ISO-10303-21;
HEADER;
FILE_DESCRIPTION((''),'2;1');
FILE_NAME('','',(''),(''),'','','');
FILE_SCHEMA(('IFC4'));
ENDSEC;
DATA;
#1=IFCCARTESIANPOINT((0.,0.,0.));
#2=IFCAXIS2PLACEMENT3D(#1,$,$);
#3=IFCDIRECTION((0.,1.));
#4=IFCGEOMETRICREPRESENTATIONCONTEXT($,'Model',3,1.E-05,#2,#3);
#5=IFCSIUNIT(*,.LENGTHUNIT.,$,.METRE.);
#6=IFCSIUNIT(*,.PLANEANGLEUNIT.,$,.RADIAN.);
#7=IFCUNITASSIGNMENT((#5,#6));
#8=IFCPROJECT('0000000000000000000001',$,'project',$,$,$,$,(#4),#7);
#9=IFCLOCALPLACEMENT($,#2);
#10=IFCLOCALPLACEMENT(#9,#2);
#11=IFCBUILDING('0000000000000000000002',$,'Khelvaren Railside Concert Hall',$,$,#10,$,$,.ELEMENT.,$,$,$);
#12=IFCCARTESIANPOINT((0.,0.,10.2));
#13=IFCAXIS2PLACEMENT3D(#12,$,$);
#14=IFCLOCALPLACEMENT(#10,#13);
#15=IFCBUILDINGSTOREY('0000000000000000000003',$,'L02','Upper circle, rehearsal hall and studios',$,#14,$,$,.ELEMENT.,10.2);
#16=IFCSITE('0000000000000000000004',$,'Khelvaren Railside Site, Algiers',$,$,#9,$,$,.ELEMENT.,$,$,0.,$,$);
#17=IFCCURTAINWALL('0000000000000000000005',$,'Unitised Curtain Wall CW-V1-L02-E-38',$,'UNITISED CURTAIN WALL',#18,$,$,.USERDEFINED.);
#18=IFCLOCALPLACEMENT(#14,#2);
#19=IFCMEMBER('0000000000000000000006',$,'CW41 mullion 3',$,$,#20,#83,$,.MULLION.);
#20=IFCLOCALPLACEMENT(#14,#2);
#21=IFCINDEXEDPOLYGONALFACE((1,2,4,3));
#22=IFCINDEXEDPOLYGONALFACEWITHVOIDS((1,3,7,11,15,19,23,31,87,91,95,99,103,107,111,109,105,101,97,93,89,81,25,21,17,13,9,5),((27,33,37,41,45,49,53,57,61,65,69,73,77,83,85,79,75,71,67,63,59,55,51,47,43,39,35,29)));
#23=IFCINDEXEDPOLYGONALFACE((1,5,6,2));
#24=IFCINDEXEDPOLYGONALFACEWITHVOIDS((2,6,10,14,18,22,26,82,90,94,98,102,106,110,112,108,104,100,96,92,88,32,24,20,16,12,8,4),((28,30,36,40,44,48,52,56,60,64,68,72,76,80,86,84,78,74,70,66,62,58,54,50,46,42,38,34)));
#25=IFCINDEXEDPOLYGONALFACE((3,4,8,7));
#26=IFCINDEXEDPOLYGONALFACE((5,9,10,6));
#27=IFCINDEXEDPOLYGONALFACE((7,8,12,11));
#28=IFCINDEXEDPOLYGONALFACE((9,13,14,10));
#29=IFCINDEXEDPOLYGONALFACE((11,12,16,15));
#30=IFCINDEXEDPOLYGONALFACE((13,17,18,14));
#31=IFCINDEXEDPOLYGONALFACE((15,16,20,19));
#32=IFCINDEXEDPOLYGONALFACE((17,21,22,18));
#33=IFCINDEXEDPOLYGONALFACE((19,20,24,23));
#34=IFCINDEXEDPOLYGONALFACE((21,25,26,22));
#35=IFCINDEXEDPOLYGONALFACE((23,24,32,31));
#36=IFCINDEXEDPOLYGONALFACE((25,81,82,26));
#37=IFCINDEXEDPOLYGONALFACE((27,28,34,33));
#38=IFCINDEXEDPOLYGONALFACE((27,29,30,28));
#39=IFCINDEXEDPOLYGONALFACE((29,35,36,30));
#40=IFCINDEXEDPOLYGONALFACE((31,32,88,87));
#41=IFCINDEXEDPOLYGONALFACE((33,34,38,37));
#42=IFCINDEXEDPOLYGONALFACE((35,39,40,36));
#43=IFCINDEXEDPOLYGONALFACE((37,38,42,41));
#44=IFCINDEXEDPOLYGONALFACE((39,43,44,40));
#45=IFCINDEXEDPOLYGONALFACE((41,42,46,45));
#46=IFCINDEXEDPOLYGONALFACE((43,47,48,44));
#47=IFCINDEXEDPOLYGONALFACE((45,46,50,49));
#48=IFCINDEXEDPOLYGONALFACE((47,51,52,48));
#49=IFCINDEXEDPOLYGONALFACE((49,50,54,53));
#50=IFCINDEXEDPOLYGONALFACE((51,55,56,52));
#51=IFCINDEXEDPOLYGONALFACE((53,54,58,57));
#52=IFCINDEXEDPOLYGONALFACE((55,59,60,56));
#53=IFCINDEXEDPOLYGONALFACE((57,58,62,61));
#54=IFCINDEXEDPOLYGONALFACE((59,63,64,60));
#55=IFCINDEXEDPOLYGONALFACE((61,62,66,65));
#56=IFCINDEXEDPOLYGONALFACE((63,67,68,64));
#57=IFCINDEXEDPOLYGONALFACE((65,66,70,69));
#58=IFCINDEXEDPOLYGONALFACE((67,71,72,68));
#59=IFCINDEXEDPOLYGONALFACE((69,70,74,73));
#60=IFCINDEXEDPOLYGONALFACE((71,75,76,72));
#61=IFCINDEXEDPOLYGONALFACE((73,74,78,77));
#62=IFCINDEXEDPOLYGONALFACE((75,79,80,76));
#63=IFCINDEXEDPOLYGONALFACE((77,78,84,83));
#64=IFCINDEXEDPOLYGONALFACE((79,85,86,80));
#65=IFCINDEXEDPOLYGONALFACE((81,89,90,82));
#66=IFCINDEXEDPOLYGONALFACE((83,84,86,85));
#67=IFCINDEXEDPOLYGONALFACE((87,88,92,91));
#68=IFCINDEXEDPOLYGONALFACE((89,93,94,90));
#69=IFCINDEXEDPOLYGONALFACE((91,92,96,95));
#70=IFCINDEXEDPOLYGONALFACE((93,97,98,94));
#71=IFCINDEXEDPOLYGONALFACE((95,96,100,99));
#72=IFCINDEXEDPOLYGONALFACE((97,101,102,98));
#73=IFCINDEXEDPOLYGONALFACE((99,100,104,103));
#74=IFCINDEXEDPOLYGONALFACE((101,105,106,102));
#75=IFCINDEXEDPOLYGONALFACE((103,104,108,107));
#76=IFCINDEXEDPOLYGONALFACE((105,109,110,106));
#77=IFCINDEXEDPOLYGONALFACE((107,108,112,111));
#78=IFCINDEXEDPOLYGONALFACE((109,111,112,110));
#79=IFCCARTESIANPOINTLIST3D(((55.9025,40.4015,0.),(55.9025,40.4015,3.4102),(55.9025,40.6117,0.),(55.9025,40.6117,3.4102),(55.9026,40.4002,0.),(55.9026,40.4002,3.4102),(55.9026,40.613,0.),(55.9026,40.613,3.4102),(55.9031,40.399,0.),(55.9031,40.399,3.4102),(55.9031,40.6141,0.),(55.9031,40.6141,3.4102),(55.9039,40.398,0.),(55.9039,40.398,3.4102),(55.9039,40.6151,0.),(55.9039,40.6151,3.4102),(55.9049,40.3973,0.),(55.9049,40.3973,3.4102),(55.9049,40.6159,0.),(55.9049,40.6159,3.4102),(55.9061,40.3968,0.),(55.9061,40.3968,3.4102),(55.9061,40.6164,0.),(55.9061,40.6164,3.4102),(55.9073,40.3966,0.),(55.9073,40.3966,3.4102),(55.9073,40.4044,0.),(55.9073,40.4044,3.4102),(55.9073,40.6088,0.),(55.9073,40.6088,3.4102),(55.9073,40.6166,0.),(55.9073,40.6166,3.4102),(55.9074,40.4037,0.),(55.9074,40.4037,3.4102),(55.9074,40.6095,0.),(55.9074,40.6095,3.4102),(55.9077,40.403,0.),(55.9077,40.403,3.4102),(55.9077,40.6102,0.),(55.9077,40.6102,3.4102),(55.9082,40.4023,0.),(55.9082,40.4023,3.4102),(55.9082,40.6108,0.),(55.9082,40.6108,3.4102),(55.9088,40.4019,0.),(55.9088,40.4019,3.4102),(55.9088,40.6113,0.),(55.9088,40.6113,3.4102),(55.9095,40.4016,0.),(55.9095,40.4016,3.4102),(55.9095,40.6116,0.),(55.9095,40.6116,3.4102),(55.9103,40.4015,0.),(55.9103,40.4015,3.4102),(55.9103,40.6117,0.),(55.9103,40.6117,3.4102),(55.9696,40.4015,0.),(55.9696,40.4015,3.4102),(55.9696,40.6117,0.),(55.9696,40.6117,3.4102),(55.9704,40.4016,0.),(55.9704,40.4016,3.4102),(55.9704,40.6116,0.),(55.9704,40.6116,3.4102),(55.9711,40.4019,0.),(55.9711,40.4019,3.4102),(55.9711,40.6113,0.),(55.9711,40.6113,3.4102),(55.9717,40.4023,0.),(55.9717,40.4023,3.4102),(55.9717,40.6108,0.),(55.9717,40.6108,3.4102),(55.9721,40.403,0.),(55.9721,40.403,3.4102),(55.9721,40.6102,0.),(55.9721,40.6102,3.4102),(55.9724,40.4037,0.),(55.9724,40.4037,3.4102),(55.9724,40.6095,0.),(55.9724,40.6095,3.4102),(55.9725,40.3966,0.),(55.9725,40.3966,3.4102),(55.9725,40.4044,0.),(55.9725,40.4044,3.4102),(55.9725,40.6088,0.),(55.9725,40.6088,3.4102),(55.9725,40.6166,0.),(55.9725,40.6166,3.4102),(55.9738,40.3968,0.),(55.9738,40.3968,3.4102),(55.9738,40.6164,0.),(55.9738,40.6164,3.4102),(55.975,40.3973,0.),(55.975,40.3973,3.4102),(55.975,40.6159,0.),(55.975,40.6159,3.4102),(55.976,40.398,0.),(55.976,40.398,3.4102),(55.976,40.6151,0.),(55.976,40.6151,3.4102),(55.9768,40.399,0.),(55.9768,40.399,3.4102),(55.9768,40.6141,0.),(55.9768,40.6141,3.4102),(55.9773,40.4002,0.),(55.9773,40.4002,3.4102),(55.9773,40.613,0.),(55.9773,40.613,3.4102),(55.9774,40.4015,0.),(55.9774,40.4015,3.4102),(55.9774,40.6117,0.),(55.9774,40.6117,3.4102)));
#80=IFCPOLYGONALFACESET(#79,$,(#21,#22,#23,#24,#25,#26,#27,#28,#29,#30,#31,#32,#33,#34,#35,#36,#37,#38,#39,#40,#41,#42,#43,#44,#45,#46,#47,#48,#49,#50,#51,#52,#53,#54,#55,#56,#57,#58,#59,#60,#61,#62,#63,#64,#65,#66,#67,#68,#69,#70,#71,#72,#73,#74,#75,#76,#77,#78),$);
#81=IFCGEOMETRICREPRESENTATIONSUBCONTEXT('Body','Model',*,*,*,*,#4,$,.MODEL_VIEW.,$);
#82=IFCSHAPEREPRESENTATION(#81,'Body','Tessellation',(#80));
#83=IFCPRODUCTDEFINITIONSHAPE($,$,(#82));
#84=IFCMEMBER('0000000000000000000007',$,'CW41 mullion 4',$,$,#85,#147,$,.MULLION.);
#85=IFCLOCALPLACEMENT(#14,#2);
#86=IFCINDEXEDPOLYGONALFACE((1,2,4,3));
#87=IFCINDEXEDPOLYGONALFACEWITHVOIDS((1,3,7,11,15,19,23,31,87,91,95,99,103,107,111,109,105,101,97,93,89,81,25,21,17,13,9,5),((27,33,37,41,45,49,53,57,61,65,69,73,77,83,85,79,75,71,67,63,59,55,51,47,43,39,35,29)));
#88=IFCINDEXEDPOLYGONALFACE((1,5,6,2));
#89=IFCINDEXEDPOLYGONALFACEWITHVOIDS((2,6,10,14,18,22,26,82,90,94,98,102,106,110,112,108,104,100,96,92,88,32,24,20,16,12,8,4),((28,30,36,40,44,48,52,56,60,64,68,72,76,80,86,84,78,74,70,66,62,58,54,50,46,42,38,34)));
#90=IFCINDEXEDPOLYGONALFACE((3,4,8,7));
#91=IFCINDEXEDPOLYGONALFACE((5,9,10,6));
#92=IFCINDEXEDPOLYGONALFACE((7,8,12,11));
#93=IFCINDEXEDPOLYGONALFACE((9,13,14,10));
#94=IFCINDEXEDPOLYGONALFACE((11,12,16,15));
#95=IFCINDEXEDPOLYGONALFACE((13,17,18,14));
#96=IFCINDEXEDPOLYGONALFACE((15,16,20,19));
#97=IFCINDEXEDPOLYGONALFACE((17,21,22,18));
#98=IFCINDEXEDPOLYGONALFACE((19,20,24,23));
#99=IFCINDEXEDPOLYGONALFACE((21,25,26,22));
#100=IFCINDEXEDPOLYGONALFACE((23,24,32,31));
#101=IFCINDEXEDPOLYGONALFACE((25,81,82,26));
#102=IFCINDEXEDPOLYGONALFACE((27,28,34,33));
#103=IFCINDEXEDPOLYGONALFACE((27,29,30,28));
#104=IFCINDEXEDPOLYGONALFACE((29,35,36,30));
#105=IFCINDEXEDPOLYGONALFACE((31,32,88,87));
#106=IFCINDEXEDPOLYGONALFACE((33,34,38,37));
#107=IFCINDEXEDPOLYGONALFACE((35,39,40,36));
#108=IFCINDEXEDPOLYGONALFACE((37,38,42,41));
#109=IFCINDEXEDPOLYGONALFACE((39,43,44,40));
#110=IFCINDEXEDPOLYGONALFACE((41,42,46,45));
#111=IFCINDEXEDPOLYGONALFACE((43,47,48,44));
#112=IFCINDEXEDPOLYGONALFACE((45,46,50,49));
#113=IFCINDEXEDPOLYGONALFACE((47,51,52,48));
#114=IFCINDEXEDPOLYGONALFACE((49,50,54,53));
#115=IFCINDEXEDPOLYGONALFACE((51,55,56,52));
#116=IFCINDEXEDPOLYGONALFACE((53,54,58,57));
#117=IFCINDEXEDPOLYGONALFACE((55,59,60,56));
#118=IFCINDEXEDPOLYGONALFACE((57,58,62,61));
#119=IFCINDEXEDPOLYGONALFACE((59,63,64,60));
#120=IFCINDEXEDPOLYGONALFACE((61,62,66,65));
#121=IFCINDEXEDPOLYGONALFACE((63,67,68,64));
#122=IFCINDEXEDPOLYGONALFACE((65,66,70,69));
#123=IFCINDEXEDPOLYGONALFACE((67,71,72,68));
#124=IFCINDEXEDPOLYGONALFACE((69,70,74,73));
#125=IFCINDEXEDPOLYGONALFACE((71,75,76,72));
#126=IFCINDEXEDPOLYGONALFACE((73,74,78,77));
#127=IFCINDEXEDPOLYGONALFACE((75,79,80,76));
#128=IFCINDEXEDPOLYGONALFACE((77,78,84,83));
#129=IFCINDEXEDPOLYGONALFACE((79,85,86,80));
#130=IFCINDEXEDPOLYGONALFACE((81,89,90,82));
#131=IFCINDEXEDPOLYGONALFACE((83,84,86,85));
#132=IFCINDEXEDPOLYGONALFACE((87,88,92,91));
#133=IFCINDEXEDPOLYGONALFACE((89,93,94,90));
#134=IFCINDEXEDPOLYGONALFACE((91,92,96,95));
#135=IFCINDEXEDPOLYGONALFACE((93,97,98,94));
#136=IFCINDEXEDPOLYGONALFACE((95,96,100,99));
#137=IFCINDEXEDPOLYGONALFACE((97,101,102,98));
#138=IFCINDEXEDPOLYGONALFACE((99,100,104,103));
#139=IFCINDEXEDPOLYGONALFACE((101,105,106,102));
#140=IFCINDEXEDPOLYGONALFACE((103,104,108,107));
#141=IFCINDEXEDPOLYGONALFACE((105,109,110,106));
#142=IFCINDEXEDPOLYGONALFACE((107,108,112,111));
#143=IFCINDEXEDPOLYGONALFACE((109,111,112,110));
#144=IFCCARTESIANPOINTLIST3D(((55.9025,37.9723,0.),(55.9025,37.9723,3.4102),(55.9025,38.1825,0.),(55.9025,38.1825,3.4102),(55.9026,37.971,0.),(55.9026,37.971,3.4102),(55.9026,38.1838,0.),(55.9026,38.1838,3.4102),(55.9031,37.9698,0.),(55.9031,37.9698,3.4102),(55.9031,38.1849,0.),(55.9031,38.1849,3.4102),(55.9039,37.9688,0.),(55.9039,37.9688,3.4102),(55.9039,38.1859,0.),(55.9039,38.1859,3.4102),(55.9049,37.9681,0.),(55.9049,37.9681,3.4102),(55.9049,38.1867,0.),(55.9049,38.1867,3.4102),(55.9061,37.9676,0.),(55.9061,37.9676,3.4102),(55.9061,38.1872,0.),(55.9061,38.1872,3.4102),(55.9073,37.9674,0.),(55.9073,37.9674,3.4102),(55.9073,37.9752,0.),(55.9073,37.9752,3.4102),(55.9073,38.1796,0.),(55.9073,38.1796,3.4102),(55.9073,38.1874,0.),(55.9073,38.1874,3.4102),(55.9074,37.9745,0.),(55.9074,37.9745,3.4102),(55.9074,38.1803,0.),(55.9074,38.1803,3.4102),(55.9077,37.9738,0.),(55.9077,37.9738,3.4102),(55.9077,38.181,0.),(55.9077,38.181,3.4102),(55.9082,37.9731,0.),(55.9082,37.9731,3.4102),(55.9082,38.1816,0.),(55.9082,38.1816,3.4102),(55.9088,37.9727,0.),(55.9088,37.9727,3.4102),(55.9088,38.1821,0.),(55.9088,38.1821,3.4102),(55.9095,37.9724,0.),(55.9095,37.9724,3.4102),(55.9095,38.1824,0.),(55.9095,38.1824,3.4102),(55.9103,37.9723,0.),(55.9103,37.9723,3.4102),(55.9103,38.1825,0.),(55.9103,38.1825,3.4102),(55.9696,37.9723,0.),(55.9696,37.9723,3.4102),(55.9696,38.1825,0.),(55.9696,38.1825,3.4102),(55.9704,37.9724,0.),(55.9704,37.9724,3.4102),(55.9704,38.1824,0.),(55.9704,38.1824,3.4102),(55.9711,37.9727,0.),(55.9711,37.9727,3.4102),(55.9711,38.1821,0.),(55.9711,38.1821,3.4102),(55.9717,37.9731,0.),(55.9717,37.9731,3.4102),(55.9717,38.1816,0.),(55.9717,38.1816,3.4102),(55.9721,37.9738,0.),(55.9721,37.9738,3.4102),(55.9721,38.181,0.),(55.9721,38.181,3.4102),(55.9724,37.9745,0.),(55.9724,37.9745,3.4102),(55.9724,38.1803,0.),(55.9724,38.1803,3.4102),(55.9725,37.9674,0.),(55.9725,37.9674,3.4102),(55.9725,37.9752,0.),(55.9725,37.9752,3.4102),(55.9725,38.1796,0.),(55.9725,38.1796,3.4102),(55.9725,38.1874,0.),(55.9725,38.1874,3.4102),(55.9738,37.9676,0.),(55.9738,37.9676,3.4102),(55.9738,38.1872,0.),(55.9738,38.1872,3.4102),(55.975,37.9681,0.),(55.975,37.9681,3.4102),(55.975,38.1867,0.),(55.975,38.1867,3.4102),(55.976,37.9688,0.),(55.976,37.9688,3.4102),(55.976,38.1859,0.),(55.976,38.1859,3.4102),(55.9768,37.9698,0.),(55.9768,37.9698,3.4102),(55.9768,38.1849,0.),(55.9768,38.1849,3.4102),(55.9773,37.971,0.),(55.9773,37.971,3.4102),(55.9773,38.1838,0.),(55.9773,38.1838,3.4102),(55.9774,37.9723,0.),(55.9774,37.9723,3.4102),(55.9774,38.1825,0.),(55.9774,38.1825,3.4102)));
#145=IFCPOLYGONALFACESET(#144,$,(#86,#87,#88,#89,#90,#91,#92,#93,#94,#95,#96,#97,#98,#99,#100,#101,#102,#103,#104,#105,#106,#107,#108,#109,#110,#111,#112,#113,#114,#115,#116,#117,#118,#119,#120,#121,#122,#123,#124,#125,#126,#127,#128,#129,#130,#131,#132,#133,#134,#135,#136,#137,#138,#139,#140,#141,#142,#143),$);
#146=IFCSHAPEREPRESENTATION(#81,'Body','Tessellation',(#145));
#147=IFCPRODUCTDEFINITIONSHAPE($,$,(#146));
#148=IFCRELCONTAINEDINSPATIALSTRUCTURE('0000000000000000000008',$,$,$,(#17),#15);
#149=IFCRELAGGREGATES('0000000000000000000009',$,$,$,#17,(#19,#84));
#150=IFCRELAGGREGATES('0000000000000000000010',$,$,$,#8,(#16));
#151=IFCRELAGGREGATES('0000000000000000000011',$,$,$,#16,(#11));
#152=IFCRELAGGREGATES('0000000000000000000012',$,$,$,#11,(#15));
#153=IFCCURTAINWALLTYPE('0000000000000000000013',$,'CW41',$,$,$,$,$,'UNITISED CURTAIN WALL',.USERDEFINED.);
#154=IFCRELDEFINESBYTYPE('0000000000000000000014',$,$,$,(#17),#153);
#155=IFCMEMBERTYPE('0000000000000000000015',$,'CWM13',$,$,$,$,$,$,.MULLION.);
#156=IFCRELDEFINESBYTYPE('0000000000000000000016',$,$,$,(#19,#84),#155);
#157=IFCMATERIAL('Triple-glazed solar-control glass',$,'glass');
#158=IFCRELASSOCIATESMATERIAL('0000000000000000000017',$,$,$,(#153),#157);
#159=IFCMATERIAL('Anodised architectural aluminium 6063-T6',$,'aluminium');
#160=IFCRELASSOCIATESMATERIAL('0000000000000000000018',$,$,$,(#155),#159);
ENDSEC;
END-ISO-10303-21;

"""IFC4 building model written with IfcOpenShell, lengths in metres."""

from ifc_helpers import new_model, si_unit, direction, frame, origin, origin_2d, place, context, subcontext, project, spatial, hollow_rectangle, extrude, material, material_profile, profile_set, type_object, element, aggregate, save


model = new_model("IFC4")

# Units and contexts
model_context = context("Model", 3, precision=1e-05, world=origin(), true_north=direction((0.0, 1.0)))
body_context = subcontext(model_context, "Body", "Model", "MODEL_VIEW")
ifc_project = project(units=[si_unit("LENGTHUNIT", "METRE"), si_unit("PLANEANGLEUNIT", "RADIAN")], contexts=[model_context])

# Site, building, storey
site_placement = place(None, origin())
site = spatial("IfcSite", under=ifc_project, at=site_placement, Name="Khelvaren Railside Site, Algiers", CompositionType="ELEMENT", RefElevation=0.0)
building_placement = place(site_placement, origin())
building = spatial("IfcBuilding", under=site, at=building_placement, Name="Khelvaren Railside Concert Hall", CompositionType="ELEMENT")
storey_placement = place(building_placement, frame((0.0, 0.0, 10.2)))
storey = spatial("IfcBuildingStorey", under=building, at=storey_placement, Name="L02", Description="Upper circle, rehearsal hall and studios", CompositionType="ELEMENT", Elevation=10.2)

# Curtain wall, members
ifc_material_1 = material(Name="Triple-glazed solar-control glass", Category="glass")
curtain_wall_type = type_object("IfcCurtainWallType", Name="CW41", ElementType="UNITISED CURTAIN WALL", PredefinedType="USERDEFINED", material=ifc_material_1)
curtain_wall_placement = place(storey_placement, origin())
curtain_wall = element("IfcCurtainWall", 1, at=curtain_wall_placement, inside=storey, type_object=curtain_wall_type, Name="Unitised Curtain Wall CW-V1-L02-E-38", ObjectType="UNITISED CURTAIN WALL", PredefinedType="USERDEFINED")
ifc_material_2 = material(Name="Anodised architectural aluminium 6063-T6", Category="aluminium")
ifc_material_profile_1 = material_profile(ifc_material_2, hollow_rectangle(XDim=0.075, YDim=0.22, WallThickness=0.0049, InnerFilletRadius=0.0029, OuterFilletRadius=0.0049, at=origin_2d()), Name="CWM 75x220x5")
ifc_profile_set_1 = profile_set([ifc_material_profile_1], Name="Anodised architectural aluminium 6063-T6")
member_type_1 = type_object("IfcMemberType", Name="CWM13", PredefinedType="MULLION", material=ifc_profile_set_1)
member_1_placement = place(storey_placement, frame((55.9399, 40.5066, 0.0), z_axis=(0.0, 0.0, 1.0), x_axis=(1.0, 0.0, 0.0)))
member_1 = element("IfcMember", 2, at=member_1_placement, type_object=member_type_1, Name="CW41 mullion 3", PredefinedType="MULLION", context=body_context, shape_type="SweptSolid", body=[
    extrude(hollow_rectangle(XDim=0.075, YDim=0.22, WallThickness=0.0049, InnerFilletRadius=0.0029, OuterFilletRadius=0.0049, at=origin_2d()), origin(), (0.0, 0.0, 1.0), 3.4102),
])
member_2_placement = place(storey_placement, frame((55.9399, 38.0774, 0.0), z_axis=(0.0, 0.0, 1.0), x_axis=(1.0, 0.0, 0.0)))
member_2 = element("IfcMember", 3, at=member_2_placement, type_object=member_type_1, Name="CW41 mullion 4", PredefinedType="MULLION", context=body_context, shape_type="SweptSolid", body=[
    extrude(hollow_rectangle(XDim=0.075, YDim=0.22, WallThickness=0.0049, InnerFilletRadius=0.0029, OuterFilletRadius=0.0049, at=origin_2d()), origin(), (0.0, 0.0, 1.0), 3.4102),
])
aggregate(curtain_wall, [member_1, member_2])

save(model, "model.ifc")
